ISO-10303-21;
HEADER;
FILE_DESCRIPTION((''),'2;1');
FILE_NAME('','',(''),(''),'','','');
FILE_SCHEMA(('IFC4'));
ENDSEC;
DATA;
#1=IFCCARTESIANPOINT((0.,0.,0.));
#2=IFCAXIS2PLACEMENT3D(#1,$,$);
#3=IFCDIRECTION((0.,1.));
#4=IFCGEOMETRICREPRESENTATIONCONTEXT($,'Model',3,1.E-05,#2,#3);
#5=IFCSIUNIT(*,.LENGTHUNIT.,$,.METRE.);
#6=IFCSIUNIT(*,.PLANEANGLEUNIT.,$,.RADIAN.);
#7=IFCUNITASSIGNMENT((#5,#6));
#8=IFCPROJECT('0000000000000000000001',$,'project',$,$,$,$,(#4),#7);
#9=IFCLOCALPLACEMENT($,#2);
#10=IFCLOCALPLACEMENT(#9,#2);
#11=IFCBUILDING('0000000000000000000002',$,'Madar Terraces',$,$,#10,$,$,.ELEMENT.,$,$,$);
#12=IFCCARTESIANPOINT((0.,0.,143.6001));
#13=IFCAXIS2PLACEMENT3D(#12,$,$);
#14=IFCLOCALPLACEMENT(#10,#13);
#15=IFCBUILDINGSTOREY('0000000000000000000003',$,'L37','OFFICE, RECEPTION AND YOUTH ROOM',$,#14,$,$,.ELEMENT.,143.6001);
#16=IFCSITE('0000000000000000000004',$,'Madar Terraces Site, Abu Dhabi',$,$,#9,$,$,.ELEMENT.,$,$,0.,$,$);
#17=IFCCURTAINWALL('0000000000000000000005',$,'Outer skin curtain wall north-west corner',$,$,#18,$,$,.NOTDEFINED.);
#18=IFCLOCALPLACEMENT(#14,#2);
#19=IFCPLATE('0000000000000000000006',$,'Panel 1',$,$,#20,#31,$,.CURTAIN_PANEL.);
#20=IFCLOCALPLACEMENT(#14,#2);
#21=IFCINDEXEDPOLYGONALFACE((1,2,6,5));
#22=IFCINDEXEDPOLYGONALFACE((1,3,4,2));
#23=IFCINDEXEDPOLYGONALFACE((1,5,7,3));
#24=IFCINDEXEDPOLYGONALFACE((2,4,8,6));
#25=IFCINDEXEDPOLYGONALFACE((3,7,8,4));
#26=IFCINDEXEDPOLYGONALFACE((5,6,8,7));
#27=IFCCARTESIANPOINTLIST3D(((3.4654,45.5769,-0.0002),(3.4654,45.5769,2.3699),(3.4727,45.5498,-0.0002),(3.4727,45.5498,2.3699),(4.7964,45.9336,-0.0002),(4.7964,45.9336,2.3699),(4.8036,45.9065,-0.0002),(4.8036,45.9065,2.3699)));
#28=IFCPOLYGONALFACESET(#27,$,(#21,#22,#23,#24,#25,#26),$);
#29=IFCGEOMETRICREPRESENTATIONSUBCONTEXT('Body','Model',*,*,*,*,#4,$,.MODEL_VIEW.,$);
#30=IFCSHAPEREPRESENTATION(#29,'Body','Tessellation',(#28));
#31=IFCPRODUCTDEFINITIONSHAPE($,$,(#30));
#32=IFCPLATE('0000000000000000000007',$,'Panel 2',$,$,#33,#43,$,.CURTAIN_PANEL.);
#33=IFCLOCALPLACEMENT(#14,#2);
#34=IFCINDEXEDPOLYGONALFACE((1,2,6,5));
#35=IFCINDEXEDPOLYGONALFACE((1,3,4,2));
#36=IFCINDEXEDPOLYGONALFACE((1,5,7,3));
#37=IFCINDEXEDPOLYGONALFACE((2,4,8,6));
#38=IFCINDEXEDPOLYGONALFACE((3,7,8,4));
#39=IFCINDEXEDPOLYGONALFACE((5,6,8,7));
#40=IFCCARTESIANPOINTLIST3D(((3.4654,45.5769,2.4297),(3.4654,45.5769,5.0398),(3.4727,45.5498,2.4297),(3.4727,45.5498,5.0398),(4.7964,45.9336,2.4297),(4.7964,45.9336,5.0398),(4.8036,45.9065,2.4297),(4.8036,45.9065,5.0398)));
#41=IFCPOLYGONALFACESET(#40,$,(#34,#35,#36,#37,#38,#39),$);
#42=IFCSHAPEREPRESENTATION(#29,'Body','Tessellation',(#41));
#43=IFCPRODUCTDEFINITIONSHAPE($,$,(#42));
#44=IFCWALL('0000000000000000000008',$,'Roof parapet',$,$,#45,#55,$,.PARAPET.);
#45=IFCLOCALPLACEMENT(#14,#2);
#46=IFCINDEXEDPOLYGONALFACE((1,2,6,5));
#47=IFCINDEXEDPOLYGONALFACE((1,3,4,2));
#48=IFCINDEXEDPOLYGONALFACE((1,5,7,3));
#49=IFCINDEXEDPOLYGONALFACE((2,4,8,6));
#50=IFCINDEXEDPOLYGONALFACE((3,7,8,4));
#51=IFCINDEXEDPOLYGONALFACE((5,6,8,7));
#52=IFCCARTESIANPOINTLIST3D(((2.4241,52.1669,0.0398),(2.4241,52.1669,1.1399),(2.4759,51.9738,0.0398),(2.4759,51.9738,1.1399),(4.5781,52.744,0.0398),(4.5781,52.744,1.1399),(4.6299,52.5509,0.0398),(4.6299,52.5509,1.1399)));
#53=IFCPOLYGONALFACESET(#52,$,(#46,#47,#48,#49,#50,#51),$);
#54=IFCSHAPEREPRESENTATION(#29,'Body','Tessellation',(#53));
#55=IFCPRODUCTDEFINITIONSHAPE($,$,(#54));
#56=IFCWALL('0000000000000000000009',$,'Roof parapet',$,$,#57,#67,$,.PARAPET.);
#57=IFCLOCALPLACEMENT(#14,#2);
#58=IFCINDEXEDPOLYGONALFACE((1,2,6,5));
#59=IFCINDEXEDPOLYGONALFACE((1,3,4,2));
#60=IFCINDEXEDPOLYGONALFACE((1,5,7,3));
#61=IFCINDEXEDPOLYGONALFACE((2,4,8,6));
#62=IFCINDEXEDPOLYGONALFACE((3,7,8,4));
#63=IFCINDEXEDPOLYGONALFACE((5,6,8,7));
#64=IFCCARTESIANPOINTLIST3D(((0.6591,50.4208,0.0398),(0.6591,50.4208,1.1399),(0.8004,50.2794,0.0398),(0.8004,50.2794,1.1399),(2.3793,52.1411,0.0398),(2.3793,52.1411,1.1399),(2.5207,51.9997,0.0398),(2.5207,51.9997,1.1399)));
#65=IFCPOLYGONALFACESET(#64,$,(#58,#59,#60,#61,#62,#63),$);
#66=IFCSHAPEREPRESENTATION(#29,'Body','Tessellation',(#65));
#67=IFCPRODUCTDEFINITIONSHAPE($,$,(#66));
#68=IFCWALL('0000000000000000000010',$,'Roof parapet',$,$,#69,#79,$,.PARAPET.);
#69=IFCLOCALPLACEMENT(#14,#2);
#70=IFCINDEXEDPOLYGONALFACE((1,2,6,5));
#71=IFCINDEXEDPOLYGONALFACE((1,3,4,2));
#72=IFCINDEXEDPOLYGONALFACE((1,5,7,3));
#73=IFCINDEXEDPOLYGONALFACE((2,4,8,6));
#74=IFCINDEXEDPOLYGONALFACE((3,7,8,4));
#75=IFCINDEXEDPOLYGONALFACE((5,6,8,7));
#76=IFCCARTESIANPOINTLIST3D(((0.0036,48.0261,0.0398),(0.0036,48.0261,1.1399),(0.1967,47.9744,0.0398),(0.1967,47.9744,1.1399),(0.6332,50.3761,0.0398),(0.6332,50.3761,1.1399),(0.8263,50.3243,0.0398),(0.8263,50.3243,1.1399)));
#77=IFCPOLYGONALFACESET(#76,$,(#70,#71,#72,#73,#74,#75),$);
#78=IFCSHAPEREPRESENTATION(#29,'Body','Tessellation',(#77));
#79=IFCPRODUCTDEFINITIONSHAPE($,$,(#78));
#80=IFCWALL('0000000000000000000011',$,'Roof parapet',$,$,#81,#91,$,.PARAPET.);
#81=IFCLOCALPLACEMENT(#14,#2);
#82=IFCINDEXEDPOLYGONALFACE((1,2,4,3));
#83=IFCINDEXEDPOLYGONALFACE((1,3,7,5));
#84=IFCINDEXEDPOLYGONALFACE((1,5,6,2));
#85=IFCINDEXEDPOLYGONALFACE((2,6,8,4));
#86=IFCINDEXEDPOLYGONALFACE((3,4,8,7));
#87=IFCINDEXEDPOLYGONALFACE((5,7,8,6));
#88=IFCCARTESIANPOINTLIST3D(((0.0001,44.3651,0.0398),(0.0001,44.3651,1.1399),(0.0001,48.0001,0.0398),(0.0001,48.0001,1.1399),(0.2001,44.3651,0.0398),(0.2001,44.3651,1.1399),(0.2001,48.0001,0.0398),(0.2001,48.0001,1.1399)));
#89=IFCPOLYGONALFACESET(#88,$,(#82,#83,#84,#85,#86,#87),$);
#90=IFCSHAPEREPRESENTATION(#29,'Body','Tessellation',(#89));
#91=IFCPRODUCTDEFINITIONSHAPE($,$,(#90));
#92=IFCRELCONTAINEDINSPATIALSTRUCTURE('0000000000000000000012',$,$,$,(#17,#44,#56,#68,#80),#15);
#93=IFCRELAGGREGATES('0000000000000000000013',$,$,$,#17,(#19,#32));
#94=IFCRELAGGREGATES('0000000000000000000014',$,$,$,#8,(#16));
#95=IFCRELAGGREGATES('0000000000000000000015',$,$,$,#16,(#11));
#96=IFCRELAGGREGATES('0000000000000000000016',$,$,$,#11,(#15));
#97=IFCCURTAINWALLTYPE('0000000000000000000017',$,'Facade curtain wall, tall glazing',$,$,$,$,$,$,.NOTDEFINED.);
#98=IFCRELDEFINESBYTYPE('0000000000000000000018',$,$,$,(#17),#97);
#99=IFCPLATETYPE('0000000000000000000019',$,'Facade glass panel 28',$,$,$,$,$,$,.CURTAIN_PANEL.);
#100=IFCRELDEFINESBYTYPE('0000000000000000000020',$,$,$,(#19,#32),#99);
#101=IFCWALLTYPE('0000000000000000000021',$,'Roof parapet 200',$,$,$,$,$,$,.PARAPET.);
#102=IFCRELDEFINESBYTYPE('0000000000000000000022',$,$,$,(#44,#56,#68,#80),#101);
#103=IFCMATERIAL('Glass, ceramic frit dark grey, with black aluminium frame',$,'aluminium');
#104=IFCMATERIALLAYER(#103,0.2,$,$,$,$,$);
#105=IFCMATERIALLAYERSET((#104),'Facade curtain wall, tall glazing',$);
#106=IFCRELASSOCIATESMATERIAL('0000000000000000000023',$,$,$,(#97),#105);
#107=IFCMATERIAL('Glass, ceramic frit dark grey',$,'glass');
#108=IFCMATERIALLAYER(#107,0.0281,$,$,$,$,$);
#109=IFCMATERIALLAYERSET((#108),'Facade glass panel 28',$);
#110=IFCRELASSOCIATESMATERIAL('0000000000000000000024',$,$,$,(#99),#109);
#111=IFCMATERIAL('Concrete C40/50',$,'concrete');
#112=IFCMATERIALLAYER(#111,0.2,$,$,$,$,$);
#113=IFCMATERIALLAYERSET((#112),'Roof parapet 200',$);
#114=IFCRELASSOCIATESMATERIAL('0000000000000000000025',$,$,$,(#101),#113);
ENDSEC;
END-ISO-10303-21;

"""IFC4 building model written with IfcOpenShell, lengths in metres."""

from ifc_helpers import new_model, si_unit, direction, frame, frame_2d, origin, origin_2d, place, context, subcontext, project, spatial, rectangle, extrude, material, layer, layer_set, type_object, element, aggregate, save


model = new_model("IFC4")

# Units and contexts
model_context = context("Model", 3, precision=1e-05, world=origin(), true_north=direction((0.0, 1.0)))
body_context = subcontext(model_context, "Body", "Model", "MODEL_VIEW")
ifc_project = project(units=[si_unit("LENGTHUNIT", "METRE"), si_unit("PLANEANGLEUNIT", "RADIAN")], contexts=[model_context])

# Site, building, storey
site_placement = place(None, origin())
site = spatial("IfcSite", under=ifc_project, at=site_placement, Name="Madar Terraces Site, Abu Dhabi", CompositionType="ELEMENT", RefElevation=0.0)
building_placement = place(site_placement, origin())
building = spatial("IfcBuilding", under=site, at=building_placement, Name="Madar Terraces", CompositionType="ELEMENT")
storey_placement = place(building_placement, frame((0.0, 0.0, 143.6001)))
storey = spatial("IfcBuildingStorey", under=building, at=storey_placement, Name="L37", Description="OFFICE, RECEPTION AND YOUTH ROOM", CompositionType="ELEMENT", Elevation=143.6001)

# Curtain wall
ifc_material_1 = material(Name="Glass, ceramic frit dark grey, with black aluminium frame", Category="aluminium")
ifc_layer_1 = layer(ifc_material_1, 0.2)
ifc_layer_set_1 = layer_set([ifc_layer_1], Name="Facade curtain wall, tall glazing")
curtain_wall_type = type_object("IfcCurtainWallType", Name="Facade curtain wall, tall glazing", PredefinedType="NOTDEFINED", material=ifc_layer_set_1)
curtain_wall_placement = place(storey_placement, origin())
curtain_wall = element("IfcCurtainWall", 1, at=curtain_wall_placement, inside=storey, type_object=curtain_wall_type, Name="Outer skin curtain wall north-west corner", PredefinedType="NOTDEFINED")

# Plates
ifc_material_2 = material(Name="Glass, ceramic frit dark grey", Category="glass")
ifc_layer_2 = layer(ifc_material_2, 0.0281)
ifc_layer_set_2 = layer_set([ifc_layer_2], Name="Facade glass panel 28")
plate_type = type_object("IfcPlateType", Name="Facade glass panel 28", PredefinedType="CURTAIN_PANEL", material=ifc_layer_set_2)
plate_1_placement = place(storey_placement, frame((4.1345, 45.7417, -0.0002), z_axis=(0.0, 0.0, 1.0), x_axis=(-0.965926, -0.258819, 0.0)))
plate_1 = element("IfcPlate", 2, at=plate_1_placement, type_object=plate_type, Name="Panel 1", PredefinedType="CURTAIN_PANEL", context=body_context, shape_type="SweptSolid", body=[
    extrude(rectangle(XDim=1.3779, YDim=0.0281, at=origin_2d()), origin(), (0.0, 0.0, 1.0), 2.3701),
])
plate_2_placement = place(storey_placement, frame((4.1345, 45.7417, 2.4297), z_axis=(0.0, 0.0, 1.0), x_axis=(-0.965926, -0.258819, 0.0)))
plate_2 = element("IfcPlate", 3, at=plate_2_placement, type_object=plate_type, Name="Panel 2", PredefinedType="CURTAIN_PANEL", context=body_context, shape_type="SweptSolid", body=[
    extrude(rectangle(XDim=1.3779, YDim=0.0281, at=origin_2d()), origin(), (0.0, 0.0, 1.0), 2.6101),
])
aggregate(curtain_wall, [plate_1, plate_2])

# Walls
ifc_material_3 = material(Name="Concrete C40/50", Category="concrete")
ifc_layer_3 = layer(ifc_material_3, 0.2)
ifc_layer_set_3 = layer_set([ifc_layer_3], Name="Roof parapet 200")
wall_type = type_object("IfcWallType", Name="Roof parapet 200", PredefinedType="PARAPET", material=ifc_layer_set_3)
wall_1_placement = place(storey_placement, frame((4.604, 52.6475, 0.0398), z_axis=(0.0, 0.0, 1.0), x_axis=(-0.965929, -0.258807, 0.0)))
element("IfcWall", 4, at=wall_1_placement, inside=storey, type_object=wall_type, Name="Roof parapet", PredefinedType="PARAPET", context=body_context, shape_type="SweptSolid", body=[
    extrude(rectangle(XDim=2.23, YDim=0.2, at=frame_2d((1.115, 0.0))), origin(), (0.0, 0.0, 1.0), 1.1001),
])
for number, where, z_axis, x_axis, name in (
    (5, (2.45, 52.0703, 0.0398), (0.0, 0.0, 1.0), (-0.707107, -0.707107, 0.0), "Roof parapet"),
    (6, (0.7297, 50.3501, 0.0398), (0.0, 0.0, 1.0), (-0.258793, -0.965933, 0.0), "Roof parapet"),
):
    element("IfcWall", number, at=place(storey_placement, frame(where, z_axis=z_axis, x_axis=x_axis)), inside=storey, type_object=wall_type, Name=name, PredefinedType="PARAPET", context=body_context, shape_type="SweptSolid", body=[
        extrude(rectangle(XDim=2.4329, YDim=0.2, at=frame_2d((1.2163, 0.0))), origin(), (0.0, 0.0, 1.0), 1.1001),
    ])
wall_2_placement = place(storey_placement, frame((0.1001, 48.0, 0.0398), z_axis=(0.0, 0.0, 1.0), x_axis=(0.0, -1.0, 0.0)))
element("IfcWall", 7, at=wall_2_placement, inside=storey, type_object=wall_type, Name="Roof parapet", PredefinedType="PARAPET", context=body_context, shape_type="SweptSolid", body=[
    extrude(rectangle(XDim=3.635, YDim=0.2, at=frame_2d((1.8174, 0.0))), origin(), (0.0, 0.0, 1.0), 1.1001),
])

save(model, "model.ifc")
